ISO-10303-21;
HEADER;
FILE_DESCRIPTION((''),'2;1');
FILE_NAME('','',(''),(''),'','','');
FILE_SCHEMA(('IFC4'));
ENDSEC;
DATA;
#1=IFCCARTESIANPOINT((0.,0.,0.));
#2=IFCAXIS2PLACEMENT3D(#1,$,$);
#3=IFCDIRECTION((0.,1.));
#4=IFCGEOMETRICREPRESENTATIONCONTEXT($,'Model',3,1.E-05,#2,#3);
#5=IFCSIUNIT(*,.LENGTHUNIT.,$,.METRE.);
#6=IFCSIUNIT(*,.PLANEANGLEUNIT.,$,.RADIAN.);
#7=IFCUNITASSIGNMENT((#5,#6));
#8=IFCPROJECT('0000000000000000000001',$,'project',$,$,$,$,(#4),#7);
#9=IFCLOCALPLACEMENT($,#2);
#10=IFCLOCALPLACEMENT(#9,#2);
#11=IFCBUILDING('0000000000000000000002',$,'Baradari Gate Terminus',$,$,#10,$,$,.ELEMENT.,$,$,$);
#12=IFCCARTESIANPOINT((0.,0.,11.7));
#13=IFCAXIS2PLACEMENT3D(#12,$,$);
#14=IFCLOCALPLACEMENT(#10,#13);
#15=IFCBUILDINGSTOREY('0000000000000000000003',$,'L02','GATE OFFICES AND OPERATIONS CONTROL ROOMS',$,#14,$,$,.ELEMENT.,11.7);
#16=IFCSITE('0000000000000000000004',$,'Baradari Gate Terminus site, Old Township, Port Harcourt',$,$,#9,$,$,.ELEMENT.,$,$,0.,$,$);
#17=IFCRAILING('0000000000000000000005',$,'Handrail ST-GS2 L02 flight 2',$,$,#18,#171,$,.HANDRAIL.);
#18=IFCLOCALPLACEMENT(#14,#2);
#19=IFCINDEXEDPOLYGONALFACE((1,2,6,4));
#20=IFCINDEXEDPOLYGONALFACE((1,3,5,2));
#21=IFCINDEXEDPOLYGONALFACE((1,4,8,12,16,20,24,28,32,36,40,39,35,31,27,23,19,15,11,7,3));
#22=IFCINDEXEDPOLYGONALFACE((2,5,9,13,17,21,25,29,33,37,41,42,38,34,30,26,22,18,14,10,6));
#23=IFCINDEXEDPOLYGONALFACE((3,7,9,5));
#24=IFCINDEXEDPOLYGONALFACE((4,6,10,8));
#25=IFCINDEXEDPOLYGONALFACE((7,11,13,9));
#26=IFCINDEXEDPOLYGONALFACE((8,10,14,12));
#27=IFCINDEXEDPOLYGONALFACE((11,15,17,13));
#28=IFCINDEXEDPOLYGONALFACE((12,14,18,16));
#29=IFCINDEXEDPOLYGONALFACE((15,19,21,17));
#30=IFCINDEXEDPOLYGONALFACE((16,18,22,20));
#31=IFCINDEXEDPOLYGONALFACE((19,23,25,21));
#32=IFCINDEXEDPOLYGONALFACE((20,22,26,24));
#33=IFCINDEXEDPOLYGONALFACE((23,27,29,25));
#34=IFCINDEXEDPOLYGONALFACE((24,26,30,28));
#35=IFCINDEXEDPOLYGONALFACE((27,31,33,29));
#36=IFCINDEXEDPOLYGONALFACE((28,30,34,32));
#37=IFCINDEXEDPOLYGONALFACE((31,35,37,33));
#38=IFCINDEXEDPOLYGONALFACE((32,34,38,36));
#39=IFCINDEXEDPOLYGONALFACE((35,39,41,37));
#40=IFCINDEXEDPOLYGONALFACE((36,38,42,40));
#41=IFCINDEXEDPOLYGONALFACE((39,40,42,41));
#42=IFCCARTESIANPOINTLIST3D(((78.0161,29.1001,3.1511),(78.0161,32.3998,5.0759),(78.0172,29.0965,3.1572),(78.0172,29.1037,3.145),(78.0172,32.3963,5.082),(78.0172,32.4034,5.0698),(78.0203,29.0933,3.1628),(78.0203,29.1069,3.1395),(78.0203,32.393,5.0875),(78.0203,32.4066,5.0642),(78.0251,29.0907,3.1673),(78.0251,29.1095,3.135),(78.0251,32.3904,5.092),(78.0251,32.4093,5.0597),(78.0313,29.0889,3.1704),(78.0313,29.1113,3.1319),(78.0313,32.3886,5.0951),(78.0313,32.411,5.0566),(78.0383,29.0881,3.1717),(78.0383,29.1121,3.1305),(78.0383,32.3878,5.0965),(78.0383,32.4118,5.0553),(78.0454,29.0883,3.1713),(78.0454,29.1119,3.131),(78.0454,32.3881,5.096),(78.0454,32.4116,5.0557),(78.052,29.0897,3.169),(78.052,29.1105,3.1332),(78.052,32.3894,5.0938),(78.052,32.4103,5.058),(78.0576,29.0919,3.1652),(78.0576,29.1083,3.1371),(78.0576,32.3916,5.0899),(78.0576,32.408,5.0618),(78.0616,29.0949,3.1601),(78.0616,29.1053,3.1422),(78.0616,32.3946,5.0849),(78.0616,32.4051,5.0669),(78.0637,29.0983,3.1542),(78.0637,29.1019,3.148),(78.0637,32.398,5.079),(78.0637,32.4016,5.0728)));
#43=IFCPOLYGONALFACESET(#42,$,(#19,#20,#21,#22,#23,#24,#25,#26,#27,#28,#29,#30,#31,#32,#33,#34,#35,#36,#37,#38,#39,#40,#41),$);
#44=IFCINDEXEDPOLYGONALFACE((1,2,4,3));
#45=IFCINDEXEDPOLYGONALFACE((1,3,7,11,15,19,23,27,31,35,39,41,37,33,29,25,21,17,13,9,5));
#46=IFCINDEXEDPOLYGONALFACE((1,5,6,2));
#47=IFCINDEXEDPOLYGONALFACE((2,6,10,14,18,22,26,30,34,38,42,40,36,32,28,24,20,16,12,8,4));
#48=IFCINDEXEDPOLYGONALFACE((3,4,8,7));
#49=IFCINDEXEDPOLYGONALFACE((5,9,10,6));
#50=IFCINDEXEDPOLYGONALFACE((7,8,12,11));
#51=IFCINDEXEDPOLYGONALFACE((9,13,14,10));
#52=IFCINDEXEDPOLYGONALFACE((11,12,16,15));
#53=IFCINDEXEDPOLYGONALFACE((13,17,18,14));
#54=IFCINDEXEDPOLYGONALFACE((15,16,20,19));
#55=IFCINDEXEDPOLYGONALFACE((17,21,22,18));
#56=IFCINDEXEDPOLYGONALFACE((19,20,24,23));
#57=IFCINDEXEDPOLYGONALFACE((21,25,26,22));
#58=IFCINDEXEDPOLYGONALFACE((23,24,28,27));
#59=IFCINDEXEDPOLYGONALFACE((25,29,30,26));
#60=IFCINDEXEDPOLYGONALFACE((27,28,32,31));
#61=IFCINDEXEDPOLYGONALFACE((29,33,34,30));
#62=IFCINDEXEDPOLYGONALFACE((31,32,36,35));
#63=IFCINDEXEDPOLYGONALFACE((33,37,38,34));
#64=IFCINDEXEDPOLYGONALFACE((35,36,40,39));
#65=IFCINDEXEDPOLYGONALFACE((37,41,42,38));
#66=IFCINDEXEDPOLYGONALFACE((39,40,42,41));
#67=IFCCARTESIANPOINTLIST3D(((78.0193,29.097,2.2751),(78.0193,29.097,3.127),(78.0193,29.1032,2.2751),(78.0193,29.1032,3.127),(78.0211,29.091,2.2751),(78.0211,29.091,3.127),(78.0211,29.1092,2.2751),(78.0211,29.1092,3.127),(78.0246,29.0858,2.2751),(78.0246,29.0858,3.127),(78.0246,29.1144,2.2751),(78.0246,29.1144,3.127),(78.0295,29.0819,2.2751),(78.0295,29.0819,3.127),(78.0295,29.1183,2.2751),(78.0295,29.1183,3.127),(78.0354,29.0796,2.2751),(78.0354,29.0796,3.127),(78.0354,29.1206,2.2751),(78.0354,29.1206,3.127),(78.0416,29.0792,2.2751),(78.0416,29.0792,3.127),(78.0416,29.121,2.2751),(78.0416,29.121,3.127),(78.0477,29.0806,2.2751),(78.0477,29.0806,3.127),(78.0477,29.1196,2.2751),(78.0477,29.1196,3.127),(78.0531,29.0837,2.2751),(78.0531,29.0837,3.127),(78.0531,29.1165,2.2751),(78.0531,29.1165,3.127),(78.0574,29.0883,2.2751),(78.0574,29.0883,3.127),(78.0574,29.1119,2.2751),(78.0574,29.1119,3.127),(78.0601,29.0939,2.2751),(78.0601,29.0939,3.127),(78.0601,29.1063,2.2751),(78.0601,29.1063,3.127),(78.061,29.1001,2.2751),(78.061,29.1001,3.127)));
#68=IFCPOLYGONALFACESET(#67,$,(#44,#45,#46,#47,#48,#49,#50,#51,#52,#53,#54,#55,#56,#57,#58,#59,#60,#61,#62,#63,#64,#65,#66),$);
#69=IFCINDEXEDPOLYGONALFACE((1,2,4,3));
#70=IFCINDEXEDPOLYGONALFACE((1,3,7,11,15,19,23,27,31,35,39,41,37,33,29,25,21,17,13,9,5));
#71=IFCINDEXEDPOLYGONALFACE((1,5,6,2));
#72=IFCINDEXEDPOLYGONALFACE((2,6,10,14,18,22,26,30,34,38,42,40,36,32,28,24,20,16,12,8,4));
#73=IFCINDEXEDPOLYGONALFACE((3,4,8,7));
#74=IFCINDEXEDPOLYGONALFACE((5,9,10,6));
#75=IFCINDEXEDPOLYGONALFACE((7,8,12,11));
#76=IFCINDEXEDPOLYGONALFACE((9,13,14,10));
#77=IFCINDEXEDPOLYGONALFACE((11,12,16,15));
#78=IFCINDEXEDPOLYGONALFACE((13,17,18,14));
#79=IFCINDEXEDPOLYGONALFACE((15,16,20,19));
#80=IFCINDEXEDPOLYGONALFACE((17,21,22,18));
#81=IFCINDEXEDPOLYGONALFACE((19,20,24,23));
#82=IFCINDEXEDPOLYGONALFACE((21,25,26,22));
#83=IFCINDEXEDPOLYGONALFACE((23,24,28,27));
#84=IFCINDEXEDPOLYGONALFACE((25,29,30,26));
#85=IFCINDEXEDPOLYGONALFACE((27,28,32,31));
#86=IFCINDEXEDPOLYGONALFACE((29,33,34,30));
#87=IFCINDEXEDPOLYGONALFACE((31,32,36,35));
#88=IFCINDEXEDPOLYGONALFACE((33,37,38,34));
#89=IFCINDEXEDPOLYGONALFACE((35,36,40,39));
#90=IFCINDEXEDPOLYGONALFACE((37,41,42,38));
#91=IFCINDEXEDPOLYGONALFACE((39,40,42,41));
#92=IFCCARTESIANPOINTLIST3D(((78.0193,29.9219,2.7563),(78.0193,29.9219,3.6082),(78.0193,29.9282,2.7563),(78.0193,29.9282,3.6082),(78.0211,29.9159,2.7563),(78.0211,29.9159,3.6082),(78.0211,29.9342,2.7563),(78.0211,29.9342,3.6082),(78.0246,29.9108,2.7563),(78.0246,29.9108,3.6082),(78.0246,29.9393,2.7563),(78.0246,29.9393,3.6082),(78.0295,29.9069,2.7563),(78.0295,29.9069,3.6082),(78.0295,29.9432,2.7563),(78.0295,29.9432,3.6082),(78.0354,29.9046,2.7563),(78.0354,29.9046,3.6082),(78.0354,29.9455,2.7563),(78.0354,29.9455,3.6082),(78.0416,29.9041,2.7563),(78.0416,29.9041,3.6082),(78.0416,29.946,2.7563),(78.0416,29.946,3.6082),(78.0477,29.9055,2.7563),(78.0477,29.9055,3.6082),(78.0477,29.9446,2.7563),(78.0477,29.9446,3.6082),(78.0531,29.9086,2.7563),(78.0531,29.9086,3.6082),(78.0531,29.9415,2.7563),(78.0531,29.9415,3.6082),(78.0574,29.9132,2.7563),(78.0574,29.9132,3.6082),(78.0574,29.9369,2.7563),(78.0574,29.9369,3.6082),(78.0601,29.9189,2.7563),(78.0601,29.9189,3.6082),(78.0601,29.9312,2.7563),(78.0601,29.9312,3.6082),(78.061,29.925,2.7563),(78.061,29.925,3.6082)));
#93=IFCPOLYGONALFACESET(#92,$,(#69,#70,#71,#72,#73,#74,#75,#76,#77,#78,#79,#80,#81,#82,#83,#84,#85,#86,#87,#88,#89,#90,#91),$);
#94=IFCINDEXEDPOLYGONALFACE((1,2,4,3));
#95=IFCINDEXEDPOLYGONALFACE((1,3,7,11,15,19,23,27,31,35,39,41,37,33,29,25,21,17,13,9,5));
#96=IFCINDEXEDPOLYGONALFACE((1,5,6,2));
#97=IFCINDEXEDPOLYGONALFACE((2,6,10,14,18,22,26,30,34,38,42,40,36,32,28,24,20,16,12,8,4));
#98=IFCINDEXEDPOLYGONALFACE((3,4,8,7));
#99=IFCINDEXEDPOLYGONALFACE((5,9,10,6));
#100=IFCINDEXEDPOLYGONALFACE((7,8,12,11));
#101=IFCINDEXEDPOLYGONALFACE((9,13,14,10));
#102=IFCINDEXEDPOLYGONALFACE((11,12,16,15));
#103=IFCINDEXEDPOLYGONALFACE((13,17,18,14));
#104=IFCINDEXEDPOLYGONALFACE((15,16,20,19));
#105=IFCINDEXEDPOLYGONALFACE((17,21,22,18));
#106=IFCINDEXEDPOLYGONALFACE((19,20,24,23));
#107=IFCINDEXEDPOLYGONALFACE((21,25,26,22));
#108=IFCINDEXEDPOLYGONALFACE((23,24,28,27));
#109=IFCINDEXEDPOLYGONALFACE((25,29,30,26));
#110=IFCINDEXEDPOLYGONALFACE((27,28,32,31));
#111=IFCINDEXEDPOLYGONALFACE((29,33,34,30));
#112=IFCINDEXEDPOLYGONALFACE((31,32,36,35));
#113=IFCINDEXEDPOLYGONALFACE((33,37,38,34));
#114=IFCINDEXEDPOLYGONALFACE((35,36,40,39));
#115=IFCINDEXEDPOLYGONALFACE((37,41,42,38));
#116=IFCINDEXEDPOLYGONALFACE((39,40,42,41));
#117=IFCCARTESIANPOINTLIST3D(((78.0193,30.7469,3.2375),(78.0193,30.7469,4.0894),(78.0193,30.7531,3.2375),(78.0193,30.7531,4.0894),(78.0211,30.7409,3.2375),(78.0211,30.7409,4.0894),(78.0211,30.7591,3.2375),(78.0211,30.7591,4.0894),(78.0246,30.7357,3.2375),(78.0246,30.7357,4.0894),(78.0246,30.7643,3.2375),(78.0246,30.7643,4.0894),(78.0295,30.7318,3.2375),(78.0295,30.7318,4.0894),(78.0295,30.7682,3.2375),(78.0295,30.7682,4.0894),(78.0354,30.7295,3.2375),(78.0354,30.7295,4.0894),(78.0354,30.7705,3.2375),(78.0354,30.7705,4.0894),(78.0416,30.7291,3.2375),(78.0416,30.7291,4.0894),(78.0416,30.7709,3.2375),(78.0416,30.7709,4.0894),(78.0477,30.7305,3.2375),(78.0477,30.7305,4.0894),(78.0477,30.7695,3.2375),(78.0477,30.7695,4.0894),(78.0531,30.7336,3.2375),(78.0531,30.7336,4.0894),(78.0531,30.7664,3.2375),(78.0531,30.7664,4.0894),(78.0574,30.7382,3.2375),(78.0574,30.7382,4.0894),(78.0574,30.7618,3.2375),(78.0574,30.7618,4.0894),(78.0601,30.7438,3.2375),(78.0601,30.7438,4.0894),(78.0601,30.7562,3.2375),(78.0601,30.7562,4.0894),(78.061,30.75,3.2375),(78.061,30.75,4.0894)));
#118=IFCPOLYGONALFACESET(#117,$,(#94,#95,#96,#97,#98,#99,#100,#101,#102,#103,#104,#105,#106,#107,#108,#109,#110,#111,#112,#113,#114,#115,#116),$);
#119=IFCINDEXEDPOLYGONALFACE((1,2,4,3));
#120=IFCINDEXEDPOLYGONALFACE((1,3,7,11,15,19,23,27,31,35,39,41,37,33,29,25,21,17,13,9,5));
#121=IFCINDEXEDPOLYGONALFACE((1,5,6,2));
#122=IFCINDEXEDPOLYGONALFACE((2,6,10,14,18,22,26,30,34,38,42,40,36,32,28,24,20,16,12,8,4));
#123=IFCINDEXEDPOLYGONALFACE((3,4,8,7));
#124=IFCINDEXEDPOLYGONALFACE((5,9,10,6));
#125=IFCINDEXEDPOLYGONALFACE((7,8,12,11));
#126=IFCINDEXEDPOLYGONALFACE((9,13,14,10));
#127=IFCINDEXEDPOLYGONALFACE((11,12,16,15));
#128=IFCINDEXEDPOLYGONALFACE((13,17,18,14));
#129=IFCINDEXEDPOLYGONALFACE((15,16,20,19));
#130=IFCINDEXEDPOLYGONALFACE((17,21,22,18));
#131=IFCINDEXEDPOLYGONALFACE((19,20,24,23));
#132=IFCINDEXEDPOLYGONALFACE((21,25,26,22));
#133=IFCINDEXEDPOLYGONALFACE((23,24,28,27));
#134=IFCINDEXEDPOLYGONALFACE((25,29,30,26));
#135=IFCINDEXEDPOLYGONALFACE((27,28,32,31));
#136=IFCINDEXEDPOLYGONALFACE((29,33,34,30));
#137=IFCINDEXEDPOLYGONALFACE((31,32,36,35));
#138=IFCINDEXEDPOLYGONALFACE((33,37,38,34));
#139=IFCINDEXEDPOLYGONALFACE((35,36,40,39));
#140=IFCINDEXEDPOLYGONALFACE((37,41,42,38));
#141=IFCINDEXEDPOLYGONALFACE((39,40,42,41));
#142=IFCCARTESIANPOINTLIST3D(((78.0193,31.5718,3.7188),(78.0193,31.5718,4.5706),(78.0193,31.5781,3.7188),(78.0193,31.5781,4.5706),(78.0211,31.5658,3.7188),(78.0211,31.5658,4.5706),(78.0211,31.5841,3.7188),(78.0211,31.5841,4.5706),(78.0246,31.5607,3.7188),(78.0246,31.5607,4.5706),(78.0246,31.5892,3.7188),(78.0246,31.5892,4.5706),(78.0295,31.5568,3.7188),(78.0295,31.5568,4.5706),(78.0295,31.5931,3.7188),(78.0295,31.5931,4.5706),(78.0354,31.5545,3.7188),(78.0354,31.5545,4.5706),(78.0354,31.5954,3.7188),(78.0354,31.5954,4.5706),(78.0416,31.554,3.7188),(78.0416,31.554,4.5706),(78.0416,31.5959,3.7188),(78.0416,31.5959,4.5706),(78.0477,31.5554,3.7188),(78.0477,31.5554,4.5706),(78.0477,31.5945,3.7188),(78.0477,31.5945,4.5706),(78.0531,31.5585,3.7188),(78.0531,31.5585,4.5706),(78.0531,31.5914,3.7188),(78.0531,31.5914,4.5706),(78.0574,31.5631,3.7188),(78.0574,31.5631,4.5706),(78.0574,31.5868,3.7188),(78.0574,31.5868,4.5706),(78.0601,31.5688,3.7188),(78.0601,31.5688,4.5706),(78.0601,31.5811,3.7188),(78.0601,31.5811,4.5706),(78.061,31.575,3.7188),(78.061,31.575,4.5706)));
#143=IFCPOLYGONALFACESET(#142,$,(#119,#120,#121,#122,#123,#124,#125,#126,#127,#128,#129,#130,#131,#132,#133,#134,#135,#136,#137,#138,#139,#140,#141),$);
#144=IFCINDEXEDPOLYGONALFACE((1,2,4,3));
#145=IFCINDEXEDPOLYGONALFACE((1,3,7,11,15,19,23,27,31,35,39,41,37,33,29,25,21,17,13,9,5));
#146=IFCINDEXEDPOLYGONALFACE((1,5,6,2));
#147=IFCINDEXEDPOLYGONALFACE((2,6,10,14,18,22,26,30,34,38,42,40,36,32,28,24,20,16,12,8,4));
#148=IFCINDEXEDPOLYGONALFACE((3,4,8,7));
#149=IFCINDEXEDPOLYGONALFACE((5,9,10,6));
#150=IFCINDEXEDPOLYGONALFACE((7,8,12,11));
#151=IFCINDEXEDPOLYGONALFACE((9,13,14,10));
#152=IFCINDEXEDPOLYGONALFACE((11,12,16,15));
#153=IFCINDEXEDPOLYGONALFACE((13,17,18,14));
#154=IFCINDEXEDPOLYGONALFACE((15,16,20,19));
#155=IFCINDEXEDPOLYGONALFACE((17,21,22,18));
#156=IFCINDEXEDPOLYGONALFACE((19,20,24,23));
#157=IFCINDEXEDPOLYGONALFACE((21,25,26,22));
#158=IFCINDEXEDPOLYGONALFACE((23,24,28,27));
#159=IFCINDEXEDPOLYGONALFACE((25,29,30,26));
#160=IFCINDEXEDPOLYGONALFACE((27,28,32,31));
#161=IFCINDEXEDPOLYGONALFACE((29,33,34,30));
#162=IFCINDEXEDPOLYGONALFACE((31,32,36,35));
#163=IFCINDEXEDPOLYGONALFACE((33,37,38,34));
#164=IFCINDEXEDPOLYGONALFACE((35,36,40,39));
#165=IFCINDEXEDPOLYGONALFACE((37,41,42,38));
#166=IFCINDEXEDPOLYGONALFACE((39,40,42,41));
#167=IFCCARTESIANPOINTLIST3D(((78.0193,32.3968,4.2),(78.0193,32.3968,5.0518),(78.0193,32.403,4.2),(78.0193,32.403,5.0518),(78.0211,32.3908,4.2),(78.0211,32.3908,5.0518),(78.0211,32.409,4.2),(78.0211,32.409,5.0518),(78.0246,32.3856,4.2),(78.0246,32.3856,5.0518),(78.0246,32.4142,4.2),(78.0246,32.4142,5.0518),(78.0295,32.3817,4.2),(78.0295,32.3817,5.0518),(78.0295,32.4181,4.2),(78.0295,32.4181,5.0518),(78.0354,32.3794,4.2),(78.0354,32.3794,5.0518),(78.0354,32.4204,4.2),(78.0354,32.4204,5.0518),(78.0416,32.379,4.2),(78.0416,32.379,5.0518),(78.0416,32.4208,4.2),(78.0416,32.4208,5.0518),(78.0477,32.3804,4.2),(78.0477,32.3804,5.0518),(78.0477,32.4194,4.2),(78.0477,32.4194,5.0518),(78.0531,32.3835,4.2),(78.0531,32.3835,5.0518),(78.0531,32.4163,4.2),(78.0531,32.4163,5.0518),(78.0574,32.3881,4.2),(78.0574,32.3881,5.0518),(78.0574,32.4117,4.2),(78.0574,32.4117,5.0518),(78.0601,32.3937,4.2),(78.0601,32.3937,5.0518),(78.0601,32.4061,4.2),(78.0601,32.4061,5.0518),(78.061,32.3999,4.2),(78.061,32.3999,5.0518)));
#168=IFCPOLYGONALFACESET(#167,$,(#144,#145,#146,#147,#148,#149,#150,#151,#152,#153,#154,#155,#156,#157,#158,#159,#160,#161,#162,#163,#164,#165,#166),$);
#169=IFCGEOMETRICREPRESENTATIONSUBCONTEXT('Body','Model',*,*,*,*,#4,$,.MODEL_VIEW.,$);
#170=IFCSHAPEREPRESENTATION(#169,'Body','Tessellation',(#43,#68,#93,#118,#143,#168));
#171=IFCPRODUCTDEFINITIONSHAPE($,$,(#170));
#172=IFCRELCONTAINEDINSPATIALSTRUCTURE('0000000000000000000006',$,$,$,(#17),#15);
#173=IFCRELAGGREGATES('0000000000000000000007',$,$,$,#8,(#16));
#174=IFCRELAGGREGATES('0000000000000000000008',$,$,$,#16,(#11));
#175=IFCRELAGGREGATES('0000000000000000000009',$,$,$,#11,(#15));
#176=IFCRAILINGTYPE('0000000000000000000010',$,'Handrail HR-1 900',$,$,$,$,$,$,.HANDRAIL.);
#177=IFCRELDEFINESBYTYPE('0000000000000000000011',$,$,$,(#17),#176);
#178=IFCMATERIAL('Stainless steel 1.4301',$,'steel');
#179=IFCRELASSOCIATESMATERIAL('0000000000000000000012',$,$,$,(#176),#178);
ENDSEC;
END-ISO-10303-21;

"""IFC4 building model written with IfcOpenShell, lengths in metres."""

from ifc_helpers import new_model, si_unit, direction, frame, origin, origin_2d, place, context, subcontext, project, spatial, circle, extrude, material, type_object, element, save


model = new_model("IFC4")

# Units and contexts
model_context = context("Model", 3, precision=1e-05, world=origin(), true_north=direction((0.0, 1.0)))
body_context = subcontext(model_context, "Body", "Model", "MODEL_VIEW")
ifc_project = project(units=[si_unit("LENGTHUNIT", "METRE"), si_unit("PLANEANGLEUNIT", "RADIAN")], contexts=[model_context])

# Site, building, storey
site_placement = place(None, origin())
site = spatial("IfcSite", under=ifc_project, at=site_placement, Name="Baradari Gate Terminus site, Old Township, Port Harcourt", CompositionType="ELEMENT", RefElevation=0.0)
building_placement = place(site_placement, origin())
building = spatial("IfcBuilding", under=site, at=building_placement, Name="Baradari Gate Terminus", CompositionType="ELEMENT")
storey_placement = place(building_placement, frame((0.0, 0.0, 11.7)))
storey = spatial("IfcBuildingStorey", under=building, at=storey_placement, Name="L02", Description="GATE OFFICES AND OPERATIONS CONTROL ROOMS", CompositionType="ELEMENT", Elevation=11.7)

# Railing
ifc_material_1 = material(Name="Stainless steel 1.4301", Category="steel")
railing_type = type_object("IfcRailingType", Name="Handrail HR-1 900", PredefinedType="HANDRAIL", material=ifc_material_1)
for number, where, name in (
    (1, (78.04, 29.1001, 2.2751), "Handrail ST-GS2 L02 flight 2"),
):
    element("IfcRailing", number, at=place(storey_placement, frame(where)), inside=storey, type_object=railing_type, Name=name, PredefinedType="HANDRAIL", context=body_context, shape_type="SweptSolid", body=[
        extrude(circle(Radius=0.0239, at=origin_2d()), frame((0.0, 0.0, 0.876), z_axis=(0.0, 0.863788, 0.503855), x_axis=(-1.0, 0.0, 0.0)), (0.0, 0.0, 1.0), 3.8201),
        extrude(circle(Radius=0.021, at=origin_2d()), origin(), (0.0, 0.0, 1.0), 0.8518),
        extrude(circle(Radius=0.021, at=origin_2d()), frame((0.0, 0.825, 0.4812)), (0.0, 0.0, 1.0), 0.8518),
        extrude(circle(Radius=0.021, at=origin_2d()), frame((0.0, 1.6499, 0.9624)), (0.0, 0.0, 1.0), 0.8518),
        extrude(circle(Radius=0.021, at=origin_2d()), frame((0.0, 2.4749, 1.4436)), (0.0, 0.0, 1.0), 0.8518),
        extrude(circle(Radius=0.021, at=origin_2d()), frame((0.0, 3.2998, 1.9248)), (0.0, 0.0, 1.0), 0.8518),
    ])

save(model, "model.ifc")
